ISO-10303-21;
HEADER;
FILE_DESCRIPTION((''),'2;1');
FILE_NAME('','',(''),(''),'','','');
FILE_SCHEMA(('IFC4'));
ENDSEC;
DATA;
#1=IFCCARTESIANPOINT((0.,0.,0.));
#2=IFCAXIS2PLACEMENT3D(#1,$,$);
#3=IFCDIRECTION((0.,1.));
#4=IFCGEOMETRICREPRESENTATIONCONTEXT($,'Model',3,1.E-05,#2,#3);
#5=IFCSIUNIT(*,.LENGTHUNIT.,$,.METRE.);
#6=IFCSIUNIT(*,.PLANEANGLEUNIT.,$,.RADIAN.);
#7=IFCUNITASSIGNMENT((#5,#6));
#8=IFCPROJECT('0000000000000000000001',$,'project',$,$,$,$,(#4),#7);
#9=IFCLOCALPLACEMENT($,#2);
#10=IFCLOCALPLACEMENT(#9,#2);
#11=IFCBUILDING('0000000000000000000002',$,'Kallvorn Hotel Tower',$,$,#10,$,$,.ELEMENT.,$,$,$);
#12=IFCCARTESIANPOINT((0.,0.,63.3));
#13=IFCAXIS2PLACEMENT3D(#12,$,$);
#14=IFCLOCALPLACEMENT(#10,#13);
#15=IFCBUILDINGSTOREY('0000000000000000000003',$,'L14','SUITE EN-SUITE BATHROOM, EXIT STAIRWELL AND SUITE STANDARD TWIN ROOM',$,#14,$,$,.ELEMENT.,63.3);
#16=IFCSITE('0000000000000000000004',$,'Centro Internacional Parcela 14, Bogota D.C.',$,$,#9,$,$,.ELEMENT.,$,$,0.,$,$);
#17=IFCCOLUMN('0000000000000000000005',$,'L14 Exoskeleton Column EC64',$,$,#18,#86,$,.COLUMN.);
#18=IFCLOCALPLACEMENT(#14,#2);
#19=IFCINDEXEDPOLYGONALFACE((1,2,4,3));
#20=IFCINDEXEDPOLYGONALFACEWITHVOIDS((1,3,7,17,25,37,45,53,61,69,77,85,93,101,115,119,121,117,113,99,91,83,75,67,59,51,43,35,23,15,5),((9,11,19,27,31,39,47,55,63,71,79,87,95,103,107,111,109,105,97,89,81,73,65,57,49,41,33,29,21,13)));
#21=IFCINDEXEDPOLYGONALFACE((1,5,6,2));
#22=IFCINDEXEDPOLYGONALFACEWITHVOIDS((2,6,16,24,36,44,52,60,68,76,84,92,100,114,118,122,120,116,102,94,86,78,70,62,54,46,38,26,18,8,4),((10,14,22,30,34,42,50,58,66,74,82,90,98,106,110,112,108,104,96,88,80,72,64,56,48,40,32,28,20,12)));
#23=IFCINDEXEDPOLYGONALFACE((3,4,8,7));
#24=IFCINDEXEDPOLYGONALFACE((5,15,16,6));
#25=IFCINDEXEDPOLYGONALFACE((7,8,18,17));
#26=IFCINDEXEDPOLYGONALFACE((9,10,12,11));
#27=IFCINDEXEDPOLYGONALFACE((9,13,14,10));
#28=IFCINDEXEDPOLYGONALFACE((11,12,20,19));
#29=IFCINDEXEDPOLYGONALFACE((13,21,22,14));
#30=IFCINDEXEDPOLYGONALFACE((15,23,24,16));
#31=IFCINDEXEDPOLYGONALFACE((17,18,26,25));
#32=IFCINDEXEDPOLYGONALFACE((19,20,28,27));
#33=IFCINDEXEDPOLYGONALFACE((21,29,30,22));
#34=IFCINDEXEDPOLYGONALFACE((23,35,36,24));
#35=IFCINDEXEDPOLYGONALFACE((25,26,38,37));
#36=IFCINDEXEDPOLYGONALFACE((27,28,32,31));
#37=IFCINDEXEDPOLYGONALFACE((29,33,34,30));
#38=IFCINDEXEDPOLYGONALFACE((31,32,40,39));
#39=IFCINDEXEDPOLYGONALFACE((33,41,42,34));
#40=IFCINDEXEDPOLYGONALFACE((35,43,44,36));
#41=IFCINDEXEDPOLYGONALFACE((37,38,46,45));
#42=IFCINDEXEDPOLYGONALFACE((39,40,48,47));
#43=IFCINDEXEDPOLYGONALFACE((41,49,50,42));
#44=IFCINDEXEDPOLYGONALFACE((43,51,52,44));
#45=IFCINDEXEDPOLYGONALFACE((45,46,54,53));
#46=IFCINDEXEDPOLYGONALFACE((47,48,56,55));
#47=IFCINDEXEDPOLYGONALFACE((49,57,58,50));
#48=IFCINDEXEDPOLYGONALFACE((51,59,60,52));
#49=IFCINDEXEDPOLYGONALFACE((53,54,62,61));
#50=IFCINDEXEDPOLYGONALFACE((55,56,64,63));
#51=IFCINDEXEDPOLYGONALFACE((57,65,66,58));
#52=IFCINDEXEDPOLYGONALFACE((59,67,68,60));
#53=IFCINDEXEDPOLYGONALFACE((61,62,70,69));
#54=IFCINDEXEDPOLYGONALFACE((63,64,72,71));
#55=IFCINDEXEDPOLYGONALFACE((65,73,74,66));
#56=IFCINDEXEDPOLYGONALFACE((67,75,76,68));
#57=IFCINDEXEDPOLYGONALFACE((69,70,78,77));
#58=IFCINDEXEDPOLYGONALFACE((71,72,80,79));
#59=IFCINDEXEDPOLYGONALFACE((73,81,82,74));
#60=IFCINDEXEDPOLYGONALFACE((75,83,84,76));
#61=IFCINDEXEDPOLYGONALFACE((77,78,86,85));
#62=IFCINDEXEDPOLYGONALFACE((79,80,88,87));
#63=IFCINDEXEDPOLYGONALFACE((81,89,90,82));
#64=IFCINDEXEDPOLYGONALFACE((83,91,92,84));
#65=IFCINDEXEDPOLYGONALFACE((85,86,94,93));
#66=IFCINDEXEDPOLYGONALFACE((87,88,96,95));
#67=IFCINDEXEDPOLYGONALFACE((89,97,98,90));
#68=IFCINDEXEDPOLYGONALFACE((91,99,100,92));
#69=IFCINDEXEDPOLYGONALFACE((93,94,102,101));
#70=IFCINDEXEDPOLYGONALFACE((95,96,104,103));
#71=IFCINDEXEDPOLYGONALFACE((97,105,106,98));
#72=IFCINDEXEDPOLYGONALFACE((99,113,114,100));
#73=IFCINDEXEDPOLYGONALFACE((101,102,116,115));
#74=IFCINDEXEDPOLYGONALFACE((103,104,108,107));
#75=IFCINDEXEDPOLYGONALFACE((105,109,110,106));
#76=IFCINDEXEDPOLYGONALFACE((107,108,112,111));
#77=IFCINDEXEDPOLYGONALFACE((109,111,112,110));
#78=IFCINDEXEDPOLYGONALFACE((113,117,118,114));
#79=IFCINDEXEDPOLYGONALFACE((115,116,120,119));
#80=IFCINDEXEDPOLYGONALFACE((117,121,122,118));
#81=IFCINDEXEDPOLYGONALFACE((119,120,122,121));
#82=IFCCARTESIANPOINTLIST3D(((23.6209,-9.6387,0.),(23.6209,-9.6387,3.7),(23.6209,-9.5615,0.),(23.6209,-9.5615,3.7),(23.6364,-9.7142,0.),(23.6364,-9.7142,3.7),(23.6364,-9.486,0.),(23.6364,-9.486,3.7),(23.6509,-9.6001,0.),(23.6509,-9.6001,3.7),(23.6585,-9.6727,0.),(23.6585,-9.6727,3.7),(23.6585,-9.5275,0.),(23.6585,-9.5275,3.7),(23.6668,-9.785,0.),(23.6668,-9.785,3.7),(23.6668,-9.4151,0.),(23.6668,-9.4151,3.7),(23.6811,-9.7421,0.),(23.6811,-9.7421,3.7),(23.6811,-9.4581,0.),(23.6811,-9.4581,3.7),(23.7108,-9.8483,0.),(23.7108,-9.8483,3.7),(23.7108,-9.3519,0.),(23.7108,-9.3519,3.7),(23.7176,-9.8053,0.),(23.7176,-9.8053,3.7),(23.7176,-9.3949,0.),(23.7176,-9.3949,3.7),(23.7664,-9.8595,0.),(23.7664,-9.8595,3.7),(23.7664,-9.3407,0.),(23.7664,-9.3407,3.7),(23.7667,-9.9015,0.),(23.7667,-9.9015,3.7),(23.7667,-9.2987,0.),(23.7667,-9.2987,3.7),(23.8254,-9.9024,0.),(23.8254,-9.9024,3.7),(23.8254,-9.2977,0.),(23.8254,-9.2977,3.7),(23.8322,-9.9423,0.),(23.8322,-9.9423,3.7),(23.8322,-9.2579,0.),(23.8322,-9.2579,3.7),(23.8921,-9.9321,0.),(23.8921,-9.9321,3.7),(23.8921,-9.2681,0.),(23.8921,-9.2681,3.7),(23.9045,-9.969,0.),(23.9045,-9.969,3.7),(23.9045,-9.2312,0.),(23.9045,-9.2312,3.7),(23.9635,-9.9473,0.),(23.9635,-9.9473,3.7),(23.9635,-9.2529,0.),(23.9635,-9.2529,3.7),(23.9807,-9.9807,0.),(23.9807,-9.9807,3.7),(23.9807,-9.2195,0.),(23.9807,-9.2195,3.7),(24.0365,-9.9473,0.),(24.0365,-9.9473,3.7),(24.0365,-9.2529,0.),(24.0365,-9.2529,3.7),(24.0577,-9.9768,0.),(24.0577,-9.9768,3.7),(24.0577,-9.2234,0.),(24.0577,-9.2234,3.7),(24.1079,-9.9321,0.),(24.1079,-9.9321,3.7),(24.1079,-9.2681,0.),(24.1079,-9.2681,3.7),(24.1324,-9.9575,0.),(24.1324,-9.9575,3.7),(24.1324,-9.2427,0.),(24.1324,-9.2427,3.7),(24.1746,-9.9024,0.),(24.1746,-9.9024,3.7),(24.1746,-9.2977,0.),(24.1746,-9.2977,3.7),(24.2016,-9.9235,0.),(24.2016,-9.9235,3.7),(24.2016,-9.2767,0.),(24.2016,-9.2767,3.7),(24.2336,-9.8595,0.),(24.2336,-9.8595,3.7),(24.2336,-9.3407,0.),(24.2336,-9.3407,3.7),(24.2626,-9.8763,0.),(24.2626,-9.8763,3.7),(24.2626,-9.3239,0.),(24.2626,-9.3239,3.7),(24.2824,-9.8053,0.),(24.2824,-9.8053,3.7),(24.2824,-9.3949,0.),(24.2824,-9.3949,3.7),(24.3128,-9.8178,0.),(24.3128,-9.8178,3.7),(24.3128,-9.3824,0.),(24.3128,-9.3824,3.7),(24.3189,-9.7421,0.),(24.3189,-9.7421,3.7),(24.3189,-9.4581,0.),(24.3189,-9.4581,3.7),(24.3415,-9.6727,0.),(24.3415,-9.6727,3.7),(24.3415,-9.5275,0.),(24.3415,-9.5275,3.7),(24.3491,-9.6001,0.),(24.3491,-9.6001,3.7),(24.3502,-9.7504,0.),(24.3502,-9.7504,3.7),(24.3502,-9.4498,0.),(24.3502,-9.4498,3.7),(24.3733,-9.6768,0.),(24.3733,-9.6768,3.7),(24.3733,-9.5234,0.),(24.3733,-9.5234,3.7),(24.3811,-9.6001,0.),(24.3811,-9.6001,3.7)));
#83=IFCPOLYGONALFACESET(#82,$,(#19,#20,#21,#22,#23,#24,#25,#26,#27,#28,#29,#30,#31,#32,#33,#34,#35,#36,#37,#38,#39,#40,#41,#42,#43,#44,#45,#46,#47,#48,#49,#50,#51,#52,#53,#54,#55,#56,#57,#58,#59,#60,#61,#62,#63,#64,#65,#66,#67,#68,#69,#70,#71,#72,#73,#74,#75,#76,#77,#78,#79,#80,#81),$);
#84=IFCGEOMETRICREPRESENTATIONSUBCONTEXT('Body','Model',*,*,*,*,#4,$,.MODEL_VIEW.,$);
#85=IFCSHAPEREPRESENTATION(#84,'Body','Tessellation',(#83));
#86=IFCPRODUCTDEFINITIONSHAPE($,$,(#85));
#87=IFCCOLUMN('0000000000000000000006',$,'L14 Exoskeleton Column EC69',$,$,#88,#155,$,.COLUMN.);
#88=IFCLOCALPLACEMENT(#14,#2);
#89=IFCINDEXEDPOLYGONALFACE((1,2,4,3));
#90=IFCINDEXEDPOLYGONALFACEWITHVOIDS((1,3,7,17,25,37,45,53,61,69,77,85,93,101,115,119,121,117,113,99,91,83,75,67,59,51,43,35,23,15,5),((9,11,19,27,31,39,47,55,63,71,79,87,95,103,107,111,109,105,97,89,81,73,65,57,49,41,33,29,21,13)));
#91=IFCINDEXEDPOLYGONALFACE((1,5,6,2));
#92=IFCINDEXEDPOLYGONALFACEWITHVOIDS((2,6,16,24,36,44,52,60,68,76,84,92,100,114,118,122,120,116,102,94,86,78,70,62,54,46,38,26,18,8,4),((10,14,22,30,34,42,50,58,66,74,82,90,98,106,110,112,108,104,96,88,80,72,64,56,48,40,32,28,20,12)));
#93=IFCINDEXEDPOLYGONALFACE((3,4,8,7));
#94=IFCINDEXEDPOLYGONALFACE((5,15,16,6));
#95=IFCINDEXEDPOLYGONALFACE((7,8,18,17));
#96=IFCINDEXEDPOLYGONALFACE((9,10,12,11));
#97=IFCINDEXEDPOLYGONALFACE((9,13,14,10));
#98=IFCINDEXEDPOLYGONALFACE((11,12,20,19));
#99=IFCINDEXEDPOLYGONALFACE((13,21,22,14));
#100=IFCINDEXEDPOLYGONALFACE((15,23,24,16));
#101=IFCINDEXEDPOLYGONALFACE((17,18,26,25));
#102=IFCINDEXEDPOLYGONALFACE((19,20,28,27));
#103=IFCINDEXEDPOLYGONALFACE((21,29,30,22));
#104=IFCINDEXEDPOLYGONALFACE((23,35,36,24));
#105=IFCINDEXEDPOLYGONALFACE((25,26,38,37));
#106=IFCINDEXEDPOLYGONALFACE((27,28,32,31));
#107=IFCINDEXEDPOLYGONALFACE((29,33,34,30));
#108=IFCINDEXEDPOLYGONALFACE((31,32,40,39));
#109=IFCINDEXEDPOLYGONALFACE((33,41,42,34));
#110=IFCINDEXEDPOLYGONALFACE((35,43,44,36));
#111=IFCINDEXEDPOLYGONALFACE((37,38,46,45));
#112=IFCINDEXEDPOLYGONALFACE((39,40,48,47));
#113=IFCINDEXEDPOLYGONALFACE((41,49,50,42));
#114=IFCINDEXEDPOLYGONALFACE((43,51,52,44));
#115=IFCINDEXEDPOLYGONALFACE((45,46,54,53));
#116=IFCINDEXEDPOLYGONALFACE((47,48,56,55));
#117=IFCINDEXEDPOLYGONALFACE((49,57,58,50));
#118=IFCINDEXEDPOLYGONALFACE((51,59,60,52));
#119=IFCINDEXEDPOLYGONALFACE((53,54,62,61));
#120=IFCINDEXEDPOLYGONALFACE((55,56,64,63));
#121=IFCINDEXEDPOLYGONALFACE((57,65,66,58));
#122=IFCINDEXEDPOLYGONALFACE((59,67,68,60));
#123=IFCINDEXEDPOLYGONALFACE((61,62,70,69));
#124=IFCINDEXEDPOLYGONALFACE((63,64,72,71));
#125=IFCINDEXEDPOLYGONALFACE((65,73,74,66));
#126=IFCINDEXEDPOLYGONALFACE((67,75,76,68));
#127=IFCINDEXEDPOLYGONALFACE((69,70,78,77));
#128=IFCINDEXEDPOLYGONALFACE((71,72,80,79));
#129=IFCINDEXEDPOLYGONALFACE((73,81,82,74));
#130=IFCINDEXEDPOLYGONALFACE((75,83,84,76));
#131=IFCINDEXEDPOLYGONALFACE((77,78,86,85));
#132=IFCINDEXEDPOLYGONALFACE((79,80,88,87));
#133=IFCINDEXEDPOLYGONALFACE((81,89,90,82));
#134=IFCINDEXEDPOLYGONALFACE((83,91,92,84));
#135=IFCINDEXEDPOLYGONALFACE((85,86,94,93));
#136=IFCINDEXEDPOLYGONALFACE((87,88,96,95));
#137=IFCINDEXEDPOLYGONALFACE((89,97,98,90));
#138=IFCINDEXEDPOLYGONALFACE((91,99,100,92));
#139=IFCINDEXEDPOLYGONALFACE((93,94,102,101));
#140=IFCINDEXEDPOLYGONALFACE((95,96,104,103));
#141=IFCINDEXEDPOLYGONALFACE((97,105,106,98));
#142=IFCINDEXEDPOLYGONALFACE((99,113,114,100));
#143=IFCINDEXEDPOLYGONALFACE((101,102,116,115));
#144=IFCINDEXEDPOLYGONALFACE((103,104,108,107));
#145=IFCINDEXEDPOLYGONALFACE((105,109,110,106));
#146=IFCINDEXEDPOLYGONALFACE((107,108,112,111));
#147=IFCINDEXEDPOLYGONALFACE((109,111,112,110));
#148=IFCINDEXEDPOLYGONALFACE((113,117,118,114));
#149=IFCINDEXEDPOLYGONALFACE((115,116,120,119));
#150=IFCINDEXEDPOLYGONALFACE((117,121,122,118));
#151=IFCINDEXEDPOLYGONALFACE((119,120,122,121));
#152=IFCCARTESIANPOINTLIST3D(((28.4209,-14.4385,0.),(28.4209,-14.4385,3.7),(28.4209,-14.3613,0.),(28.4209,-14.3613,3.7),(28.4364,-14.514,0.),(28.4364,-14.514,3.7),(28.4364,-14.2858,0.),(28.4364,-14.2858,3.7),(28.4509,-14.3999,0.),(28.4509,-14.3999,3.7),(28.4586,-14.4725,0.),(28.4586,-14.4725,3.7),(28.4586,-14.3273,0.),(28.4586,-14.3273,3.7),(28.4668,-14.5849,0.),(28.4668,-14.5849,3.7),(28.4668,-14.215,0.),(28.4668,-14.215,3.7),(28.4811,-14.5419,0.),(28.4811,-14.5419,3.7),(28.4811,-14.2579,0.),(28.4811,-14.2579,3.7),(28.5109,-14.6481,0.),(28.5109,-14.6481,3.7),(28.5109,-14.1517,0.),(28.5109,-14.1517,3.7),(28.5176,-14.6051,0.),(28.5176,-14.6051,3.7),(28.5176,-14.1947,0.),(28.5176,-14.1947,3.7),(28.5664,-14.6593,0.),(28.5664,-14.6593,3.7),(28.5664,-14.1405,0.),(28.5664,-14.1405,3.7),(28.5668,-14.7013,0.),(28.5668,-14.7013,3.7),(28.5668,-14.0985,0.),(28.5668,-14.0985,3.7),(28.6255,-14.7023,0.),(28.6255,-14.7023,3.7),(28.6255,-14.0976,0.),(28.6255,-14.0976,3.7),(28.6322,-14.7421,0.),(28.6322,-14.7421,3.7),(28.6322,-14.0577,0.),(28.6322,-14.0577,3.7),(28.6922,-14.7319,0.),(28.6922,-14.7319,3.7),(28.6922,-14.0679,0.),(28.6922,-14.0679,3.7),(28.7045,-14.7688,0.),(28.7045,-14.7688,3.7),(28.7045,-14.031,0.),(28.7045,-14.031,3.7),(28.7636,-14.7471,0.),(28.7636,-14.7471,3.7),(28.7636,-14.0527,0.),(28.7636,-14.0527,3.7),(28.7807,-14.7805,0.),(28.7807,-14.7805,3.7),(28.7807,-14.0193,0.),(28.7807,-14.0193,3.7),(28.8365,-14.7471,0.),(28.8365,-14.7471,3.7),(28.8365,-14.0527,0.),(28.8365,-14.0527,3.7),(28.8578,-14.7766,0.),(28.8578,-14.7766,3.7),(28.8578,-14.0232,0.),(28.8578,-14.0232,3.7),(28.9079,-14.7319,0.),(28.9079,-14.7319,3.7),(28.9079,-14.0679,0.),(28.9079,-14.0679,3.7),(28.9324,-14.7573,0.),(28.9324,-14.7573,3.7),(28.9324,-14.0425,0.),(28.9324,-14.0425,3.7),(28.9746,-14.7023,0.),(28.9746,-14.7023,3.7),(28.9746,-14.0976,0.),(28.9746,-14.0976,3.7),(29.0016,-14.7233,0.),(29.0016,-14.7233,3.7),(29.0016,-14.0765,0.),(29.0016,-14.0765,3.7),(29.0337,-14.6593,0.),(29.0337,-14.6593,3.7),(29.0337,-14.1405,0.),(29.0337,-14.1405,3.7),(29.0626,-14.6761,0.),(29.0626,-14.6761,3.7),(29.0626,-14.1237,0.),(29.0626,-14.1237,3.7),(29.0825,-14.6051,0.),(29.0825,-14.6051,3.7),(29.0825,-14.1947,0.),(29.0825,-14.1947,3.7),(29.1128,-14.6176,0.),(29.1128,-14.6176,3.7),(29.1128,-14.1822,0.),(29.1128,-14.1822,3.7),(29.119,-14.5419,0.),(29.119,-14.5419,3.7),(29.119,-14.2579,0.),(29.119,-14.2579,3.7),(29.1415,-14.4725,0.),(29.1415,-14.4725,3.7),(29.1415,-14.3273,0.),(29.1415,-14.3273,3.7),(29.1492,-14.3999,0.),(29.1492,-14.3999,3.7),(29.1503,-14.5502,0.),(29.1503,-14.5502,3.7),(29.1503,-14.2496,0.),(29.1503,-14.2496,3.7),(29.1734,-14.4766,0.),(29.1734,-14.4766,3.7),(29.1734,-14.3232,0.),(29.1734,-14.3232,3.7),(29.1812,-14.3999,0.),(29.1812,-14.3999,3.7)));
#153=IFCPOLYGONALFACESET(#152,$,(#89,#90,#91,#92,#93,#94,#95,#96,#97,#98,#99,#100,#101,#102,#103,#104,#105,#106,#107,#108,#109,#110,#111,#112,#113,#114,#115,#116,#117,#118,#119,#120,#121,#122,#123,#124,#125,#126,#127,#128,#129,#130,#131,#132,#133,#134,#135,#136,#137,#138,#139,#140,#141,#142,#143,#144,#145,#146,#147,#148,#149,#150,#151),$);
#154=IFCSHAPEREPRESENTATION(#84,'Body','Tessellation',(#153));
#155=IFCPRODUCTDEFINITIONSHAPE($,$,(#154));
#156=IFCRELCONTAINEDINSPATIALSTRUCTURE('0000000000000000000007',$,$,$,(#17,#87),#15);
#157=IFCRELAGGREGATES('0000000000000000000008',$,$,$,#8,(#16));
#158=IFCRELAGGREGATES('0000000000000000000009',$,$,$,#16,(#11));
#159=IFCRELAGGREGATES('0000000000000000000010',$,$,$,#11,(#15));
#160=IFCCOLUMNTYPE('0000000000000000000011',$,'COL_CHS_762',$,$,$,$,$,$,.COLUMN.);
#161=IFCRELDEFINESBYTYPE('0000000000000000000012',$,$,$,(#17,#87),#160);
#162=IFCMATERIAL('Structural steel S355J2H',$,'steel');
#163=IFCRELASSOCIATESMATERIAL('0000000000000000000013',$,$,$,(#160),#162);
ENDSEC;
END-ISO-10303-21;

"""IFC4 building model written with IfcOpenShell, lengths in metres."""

from ifc_helpers import new_model, si_unit, direction, frame, origin, origin_2d, place, context, subcontext, project, spatial, hollow_circle, extrude, material, material_profile, profile_set, type_object, element, save


model = new_model("IFC4")

# Units and contexts
model_context = context("Model", 3, precision=1e-05, world=origin(), true_north=direction((0.0, 1.0)))
body_context = subcontext(model_context, "Body", "Model", "MODEL_VIEW")
ifc_project = project(units=[si_unit("LENGTHUNIT", "METRE"), si_unit("PLANEANGLEUNIT", "RADIAN")], contexts=[model_context])

# Site, building, storey
site_placement = place(None, origin())
site = spatial("IfcSite", under=ifc_project, at=site_placement, Name="Centro Internacional Parcela 14, Bogota D.C.", CompositionType="ELEMENT", RefElevation=0.0)
building_placement = place(site_placement, origin())
building = spatial("IfcBuilding", under=site, at=building_placement, Name="Kallvorn Hotel Tower", CompositionType="ELEMENT")
storey_placement = place(building_placement, frame((0.0, 0.0, 63.3)))
storey = spatial("IfcBuildingStorey", under=building, at=storey_placement, Name="L14", Description="SUITE EN-SUITE BATHROOM, EXIT STAIRWELL AND SUITE STANDARD TWIN ROOM", CompositionType="ELEMENT", Elevation=63.3)

# Columns
ifc_material_1 = material(Name="Structural steel S355J2H", Category="steel")
ifc_material_profile_1 = material_profile(ifc_material_1, hollow_circle(Radius=0.3811, WallThickness=0.032, at=origin_2d()), Name="CHS 762x32")
ifc_profile_set_1 = profile_set([ifc_material_profile_1], Name="Structural steel S355J2H")
column_type_1 = type_object("IfcColumnType", Name="COL_CHS_762", PredefinedType="COLUMN", material=ifc_profile_set_1)
for number, where, z_axis, x_axis, name in (
    (1, (24.0, -9.6001, 0.0), (0.0, 0.0, 1.0), (1.0, 0.0, 0.0), "L14 Exoskeleton Column EC64"),
    (2, (28.8, -14.3999, 0.0), (0.0, 0.0, 1.0), (1.0, 0.0, 0.0), "L14 Exoskeleton Column EC69"),
):
    element("IfcColumn", number, at=place(storey_placement, frame(where, z_axis=z_axis, x_axis=x_axis)), inside=storey, type_object=column_type_1, Name=name, PredefinedType="COLUMN", context=body_context, shape_type="SweptSolid", body=[
        extrude(hollow_circle(Radius=0.3811, WallThickness=0.032, at=origin_2d()), origin(), (0.0, 0.0, 1.0), 3.7),
    ])

save(model, "model.ifc")
